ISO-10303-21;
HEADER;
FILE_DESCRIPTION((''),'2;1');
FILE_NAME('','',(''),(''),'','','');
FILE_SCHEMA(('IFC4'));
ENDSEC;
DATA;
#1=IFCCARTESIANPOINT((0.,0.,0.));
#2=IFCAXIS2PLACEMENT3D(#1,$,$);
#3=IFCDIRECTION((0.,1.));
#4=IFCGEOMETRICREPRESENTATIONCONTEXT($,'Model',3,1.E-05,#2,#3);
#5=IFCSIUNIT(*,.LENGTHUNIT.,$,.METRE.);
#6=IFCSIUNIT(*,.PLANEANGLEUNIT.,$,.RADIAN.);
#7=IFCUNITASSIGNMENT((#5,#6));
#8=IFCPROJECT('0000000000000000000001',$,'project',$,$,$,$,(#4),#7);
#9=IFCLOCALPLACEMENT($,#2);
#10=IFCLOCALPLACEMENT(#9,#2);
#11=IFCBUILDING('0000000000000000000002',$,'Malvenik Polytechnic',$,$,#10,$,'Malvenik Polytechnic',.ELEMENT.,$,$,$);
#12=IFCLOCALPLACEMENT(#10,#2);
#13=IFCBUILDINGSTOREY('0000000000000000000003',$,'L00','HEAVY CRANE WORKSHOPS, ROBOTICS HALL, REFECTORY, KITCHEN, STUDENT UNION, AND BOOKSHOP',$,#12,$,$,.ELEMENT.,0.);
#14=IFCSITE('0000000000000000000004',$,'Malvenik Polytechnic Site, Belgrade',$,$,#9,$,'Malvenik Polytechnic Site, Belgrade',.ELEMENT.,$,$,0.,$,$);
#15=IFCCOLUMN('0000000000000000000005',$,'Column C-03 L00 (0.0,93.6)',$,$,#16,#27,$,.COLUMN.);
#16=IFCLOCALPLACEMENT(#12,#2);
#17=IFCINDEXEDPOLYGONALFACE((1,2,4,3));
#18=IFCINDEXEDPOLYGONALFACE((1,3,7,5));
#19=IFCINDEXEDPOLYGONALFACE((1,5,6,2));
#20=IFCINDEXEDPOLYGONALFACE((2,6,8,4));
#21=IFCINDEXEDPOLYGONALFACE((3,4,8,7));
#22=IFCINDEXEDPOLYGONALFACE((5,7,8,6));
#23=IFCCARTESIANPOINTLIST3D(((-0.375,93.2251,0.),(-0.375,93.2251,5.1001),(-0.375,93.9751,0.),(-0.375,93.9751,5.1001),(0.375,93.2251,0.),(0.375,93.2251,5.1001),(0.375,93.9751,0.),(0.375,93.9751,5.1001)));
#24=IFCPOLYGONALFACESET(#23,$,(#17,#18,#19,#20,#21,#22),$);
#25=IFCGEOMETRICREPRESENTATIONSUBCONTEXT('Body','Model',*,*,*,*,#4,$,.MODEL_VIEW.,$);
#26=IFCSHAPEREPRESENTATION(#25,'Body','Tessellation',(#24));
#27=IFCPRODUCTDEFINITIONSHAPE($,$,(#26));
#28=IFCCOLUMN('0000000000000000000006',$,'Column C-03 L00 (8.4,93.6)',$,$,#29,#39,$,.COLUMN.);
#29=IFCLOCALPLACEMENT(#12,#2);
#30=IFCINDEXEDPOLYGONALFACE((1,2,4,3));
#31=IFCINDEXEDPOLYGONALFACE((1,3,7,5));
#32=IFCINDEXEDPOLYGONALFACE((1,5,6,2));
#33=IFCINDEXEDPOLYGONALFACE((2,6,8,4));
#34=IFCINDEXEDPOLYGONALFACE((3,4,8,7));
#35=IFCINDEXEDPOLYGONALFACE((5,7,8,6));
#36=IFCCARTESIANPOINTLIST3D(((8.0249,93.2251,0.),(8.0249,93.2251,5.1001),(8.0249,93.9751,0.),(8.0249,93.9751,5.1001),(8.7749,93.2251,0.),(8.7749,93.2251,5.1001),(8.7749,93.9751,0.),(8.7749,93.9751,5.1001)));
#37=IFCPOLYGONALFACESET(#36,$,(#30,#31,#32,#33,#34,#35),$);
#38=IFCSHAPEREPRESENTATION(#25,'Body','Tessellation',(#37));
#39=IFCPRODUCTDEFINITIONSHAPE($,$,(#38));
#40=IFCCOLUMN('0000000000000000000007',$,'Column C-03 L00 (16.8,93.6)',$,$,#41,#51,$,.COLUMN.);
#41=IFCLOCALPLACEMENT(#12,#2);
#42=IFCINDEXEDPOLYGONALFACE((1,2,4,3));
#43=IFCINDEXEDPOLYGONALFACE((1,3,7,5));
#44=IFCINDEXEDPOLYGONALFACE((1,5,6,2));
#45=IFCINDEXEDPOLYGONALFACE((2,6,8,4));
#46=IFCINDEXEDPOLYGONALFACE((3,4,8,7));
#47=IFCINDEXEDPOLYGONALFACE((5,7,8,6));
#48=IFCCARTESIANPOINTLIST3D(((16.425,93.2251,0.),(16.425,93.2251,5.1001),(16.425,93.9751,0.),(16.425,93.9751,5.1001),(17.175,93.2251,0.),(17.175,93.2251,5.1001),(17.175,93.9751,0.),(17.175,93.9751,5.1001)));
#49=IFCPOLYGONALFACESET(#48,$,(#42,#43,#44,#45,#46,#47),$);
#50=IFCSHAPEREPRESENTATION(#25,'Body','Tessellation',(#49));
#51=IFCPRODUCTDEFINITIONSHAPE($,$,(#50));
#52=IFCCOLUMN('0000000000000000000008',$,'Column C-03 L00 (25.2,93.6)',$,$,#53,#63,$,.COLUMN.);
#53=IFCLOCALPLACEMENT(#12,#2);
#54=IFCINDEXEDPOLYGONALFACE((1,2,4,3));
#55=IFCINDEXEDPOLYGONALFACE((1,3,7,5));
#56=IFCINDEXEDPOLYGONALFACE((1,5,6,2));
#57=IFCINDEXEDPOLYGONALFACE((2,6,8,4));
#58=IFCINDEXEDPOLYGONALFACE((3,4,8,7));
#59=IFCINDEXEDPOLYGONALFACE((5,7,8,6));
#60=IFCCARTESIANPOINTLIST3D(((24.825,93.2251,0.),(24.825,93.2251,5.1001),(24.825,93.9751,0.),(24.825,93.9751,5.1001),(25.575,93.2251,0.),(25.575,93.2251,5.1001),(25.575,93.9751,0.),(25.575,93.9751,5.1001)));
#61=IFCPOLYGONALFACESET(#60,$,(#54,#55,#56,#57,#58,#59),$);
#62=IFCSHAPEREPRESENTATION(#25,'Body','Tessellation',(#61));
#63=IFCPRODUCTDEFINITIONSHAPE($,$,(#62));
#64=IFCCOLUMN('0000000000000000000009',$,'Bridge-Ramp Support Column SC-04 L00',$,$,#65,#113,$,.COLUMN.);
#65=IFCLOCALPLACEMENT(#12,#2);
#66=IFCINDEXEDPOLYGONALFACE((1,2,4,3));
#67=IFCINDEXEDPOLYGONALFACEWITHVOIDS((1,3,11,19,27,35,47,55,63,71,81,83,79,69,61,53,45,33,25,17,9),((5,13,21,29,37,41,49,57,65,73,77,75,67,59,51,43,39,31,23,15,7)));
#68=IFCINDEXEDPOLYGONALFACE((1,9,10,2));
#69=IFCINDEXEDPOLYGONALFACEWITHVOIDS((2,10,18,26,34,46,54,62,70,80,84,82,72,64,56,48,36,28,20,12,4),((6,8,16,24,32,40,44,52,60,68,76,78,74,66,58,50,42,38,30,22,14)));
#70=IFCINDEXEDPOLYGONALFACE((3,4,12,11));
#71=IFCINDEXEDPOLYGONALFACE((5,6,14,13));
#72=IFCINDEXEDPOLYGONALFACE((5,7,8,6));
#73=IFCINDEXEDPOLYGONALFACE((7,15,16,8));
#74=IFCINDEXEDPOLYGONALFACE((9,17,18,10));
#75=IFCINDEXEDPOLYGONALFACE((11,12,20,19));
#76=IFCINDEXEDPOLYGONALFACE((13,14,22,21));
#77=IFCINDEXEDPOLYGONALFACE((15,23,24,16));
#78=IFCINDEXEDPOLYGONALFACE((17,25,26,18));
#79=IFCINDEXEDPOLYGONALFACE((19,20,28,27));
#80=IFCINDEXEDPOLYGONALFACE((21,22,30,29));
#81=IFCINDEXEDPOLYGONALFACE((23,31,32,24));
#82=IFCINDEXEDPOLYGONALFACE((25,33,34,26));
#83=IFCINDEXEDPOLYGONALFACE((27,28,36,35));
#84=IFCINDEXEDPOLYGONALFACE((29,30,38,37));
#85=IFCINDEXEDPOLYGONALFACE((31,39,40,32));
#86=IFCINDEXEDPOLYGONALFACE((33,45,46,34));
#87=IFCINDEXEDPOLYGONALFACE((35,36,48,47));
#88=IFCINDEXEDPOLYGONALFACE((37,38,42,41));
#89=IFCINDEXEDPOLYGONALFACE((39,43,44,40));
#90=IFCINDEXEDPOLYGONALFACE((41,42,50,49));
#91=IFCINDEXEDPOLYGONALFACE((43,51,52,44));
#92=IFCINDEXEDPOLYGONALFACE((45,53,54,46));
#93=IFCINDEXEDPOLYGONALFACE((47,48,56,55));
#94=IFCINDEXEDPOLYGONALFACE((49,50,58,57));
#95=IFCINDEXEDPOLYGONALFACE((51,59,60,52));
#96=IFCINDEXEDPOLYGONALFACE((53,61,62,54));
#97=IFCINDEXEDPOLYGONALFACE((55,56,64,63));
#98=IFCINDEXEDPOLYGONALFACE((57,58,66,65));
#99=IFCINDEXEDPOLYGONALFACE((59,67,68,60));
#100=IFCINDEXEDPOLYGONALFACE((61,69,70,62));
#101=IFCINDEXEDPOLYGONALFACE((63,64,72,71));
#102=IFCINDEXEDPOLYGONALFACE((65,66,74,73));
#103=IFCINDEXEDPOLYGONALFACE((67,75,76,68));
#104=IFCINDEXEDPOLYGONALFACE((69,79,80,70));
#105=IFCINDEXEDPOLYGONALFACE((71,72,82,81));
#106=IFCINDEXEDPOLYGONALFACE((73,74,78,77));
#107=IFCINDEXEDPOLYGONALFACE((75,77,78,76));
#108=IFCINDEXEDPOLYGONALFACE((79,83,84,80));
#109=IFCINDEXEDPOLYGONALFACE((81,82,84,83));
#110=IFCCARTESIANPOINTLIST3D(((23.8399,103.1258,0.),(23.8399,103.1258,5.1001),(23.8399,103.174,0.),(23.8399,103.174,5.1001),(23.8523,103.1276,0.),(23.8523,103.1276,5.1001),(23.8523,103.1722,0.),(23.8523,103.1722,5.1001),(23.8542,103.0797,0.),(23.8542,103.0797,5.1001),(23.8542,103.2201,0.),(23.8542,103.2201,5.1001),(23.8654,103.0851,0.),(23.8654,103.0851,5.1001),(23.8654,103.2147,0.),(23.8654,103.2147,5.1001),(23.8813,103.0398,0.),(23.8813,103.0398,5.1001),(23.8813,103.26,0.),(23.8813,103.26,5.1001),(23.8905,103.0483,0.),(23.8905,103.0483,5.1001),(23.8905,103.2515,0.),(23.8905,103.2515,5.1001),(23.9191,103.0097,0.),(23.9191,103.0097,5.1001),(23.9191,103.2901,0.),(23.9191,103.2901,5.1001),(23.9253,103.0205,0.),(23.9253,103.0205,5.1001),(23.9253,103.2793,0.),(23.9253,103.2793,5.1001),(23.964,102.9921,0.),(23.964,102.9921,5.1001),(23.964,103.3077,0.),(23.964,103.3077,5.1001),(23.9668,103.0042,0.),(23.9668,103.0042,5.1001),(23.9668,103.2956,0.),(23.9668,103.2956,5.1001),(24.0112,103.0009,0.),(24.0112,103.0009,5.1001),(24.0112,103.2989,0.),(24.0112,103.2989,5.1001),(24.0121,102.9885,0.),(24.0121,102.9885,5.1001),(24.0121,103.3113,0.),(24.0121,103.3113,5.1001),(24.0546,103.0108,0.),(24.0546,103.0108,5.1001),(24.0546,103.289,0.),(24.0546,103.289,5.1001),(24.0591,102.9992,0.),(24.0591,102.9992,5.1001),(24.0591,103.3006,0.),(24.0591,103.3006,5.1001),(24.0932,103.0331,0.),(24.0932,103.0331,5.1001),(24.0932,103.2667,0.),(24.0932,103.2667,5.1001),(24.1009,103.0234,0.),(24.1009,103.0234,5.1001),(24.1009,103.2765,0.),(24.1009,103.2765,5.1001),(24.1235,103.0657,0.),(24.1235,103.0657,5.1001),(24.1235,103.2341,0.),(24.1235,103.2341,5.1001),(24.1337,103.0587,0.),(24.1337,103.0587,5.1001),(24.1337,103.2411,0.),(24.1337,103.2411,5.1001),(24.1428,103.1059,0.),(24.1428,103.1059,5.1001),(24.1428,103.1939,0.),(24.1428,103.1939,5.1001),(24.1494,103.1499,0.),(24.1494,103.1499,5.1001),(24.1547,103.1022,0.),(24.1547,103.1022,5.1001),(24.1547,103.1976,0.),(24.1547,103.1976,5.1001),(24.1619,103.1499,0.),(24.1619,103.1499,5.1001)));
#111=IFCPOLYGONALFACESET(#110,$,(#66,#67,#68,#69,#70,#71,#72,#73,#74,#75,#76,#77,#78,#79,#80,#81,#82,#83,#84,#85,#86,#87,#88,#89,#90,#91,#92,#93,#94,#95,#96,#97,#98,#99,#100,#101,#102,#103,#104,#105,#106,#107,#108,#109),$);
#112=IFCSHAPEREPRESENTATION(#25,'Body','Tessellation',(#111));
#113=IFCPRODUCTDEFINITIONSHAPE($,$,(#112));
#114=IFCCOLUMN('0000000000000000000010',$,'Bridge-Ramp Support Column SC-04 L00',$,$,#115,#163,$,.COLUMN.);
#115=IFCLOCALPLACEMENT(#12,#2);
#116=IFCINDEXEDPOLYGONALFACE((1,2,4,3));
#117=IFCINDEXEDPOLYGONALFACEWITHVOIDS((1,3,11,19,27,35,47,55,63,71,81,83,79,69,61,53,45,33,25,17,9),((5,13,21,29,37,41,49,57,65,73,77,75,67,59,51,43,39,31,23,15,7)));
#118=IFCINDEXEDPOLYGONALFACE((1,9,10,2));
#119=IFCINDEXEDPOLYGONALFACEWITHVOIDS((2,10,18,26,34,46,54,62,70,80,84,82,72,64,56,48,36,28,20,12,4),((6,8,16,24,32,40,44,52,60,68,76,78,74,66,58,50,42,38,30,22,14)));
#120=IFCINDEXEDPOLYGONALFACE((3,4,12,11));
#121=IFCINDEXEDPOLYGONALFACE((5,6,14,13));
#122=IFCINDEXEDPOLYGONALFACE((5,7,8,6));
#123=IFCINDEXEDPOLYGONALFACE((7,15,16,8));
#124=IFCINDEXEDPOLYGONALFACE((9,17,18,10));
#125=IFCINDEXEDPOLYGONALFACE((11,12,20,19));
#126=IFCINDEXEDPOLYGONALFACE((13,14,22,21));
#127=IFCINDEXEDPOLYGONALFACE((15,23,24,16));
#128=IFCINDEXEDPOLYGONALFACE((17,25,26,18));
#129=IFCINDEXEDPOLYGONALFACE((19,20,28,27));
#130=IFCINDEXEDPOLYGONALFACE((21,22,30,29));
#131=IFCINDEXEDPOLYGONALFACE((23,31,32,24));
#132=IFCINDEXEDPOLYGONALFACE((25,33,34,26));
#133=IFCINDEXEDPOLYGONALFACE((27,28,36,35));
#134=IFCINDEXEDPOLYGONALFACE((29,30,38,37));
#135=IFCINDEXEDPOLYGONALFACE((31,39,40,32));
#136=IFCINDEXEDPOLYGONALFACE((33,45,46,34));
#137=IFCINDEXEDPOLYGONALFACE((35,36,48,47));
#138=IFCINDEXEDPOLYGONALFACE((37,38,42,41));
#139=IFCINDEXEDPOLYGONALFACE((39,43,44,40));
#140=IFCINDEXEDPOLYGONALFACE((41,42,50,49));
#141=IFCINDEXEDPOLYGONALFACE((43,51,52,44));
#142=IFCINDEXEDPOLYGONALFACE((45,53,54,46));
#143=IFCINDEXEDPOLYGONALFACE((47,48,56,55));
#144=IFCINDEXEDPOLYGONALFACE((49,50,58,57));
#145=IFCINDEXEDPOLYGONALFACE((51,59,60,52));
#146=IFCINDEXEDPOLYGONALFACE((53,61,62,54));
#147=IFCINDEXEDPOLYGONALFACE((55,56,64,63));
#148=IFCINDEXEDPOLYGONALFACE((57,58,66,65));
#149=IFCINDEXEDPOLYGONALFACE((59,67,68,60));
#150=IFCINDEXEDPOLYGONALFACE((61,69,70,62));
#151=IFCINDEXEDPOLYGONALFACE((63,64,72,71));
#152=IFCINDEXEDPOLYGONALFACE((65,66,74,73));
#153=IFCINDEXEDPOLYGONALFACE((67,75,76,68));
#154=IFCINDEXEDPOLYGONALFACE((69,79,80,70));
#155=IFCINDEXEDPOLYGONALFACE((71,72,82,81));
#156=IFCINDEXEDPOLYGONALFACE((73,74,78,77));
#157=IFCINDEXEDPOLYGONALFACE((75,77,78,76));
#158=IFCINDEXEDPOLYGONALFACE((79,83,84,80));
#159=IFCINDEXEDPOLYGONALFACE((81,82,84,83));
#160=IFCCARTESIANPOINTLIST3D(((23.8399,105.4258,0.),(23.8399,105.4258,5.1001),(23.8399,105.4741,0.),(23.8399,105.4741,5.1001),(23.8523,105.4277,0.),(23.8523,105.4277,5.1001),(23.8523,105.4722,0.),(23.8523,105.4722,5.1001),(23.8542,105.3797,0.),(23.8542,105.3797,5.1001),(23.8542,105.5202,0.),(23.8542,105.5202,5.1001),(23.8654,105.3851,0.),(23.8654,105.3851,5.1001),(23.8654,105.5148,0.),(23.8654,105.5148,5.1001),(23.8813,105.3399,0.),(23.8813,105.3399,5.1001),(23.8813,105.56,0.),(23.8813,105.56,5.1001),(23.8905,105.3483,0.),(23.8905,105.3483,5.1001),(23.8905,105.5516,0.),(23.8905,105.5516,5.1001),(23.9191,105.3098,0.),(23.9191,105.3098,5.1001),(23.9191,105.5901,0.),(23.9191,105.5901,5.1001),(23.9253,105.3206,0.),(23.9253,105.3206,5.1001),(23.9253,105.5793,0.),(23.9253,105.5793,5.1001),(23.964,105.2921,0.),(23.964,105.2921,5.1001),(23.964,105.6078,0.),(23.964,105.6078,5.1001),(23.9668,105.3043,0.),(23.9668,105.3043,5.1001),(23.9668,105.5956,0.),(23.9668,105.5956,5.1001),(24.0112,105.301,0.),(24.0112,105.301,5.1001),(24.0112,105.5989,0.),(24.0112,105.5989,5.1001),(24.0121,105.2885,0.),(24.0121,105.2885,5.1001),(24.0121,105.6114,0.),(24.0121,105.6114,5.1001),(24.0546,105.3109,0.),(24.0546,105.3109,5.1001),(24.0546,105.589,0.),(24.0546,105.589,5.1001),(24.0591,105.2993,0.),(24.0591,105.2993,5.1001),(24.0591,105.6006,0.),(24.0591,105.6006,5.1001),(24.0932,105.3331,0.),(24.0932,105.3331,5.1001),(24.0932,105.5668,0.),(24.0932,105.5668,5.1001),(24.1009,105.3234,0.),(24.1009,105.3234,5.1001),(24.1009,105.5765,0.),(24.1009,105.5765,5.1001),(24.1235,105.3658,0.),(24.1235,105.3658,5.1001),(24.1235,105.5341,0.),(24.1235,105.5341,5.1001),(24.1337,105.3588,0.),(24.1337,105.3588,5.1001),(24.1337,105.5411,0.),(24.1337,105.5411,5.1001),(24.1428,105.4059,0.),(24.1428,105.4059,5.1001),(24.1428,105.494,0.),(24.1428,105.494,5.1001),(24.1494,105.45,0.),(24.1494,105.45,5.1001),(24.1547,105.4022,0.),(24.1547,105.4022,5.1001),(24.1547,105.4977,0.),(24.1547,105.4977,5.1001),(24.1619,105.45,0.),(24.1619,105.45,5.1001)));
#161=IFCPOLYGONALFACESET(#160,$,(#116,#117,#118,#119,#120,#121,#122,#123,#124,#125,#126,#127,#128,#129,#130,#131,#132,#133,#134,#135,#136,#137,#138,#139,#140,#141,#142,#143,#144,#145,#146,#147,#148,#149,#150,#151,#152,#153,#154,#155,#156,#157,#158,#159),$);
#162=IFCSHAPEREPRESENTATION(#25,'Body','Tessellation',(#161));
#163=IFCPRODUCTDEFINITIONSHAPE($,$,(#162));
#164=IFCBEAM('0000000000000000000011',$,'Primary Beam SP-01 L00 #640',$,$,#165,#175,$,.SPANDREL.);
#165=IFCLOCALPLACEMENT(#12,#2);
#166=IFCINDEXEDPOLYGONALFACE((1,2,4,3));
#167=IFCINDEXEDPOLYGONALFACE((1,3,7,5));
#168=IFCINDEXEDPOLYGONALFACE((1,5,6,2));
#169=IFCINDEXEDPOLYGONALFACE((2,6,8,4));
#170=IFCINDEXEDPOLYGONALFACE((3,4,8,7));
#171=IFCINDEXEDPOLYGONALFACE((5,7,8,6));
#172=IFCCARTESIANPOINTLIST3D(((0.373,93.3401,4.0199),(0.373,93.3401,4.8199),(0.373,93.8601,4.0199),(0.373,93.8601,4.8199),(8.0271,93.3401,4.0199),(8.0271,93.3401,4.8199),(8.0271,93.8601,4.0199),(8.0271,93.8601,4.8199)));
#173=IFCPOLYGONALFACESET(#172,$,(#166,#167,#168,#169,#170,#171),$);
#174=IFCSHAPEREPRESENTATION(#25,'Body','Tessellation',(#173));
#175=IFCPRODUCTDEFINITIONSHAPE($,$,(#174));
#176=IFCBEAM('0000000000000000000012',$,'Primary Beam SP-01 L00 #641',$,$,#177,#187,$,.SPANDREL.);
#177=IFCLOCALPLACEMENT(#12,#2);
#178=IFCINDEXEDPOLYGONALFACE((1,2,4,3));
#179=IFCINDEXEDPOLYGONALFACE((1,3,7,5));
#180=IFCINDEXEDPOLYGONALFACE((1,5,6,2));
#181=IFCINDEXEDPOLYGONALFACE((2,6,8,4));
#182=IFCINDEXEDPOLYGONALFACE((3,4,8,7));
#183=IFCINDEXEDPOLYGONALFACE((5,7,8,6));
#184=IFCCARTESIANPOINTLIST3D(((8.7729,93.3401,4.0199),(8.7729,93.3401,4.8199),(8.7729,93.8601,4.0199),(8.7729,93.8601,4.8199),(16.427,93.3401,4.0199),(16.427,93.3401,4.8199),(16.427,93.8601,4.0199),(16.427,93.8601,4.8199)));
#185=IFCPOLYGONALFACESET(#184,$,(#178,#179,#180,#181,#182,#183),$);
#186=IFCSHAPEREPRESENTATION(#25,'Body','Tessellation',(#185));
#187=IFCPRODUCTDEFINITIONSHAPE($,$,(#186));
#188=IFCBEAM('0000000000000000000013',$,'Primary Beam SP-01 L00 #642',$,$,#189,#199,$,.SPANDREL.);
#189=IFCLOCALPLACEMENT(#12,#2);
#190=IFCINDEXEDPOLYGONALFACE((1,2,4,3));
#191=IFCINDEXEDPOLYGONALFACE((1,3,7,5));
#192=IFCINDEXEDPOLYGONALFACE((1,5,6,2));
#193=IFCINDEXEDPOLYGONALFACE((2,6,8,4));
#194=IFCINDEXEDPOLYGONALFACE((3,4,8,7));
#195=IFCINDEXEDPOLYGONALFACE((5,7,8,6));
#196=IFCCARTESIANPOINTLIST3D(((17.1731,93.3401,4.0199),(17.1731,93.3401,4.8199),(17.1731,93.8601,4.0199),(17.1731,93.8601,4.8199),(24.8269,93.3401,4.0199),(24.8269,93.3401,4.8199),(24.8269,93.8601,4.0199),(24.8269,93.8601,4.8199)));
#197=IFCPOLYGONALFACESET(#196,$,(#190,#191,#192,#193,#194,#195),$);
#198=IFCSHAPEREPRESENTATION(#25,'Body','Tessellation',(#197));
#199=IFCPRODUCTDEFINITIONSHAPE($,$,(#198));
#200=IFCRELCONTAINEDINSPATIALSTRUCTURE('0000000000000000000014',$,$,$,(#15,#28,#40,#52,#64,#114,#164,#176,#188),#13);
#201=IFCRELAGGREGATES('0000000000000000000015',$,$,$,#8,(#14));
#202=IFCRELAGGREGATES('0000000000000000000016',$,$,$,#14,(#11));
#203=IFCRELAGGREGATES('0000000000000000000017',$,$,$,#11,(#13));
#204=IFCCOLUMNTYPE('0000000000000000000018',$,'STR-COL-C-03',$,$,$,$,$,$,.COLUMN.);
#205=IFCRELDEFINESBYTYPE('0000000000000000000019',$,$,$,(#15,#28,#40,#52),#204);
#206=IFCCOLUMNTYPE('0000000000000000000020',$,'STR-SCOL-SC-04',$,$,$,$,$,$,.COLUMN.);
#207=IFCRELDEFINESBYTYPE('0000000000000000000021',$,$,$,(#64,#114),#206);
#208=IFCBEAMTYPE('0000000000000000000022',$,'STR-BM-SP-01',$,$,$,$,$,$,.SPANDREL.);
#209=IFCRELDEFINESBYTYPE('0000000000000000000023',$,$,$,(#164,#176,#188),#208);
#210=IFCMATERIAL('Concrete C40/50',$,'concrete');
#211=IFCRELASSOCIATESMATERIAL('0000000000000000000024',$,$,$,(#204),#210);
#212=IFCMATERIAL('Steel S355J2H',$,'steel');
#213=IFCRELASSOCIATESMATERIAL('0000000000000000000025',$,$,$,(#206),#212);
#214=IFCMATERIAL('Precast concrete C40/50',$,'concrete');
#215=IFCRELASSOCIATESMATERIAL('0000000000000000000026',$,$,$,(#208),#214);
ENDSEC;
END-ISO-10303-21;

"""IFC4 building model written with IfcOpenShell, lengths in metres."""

from ifc_helpers import new_model, si_unit, direction, frame, origin, origin_2d, place, context, subcontext, project, spatial, rectangle, hollow_circle, extrude, material, material_profile, profile_set, type_object, element, save


model = new_model("IFC4")

# Units and contexts
model_context = context("Model", 3, precision=1e-05, world=origin(), true_north=direction((0.0, 1.0)))
body_context = subcontext(model_context, "Body", "Model", "MODEL_VIEW")
ifc_project = project(units=[si_unit("LENGTHUNIT", "METRE"), si_unit("PLANEANGLEUNIT", "RADIAN")], contexts=[model_context])

# Site, building, storey
site_placement = place(None, origin())
site = spatial("IfcSite", under=ifc_project, at=site_placement, Name="Malvenik Polytechnic Site, Belgrade", LongName="Malvenik Polytechnic Site, Belgrade", CompositionType="ELEMENT", RefElevation=0.0)
building_placement = place(site_placement, origin())
building = spatial("IfcBuilding", under=site, at=building_placement, Name="Malvenik Polytechnic", LongName="Malvenik Polytechnic", CompositionType="ELEMENT")
storey_placement = place(building_placement, origin())
storey = spatial("IfcBuildingStorey", under=building, at=storey_placement, Name="L00", Description="HEAVY CRANE WORKSHOPS, ROBOTICS HALL, REFECTORY, KITCHEN, STUDENT UNION, AND BOOKSHOP", CompositionType="ELEMENT", Elevation=0.0)

# Columns
ifc_material_1 = material(Name="Concrete C40/50", Category="concrete")
ifc_material_profile_1 = material_profile(ifc_material_1, rectangle(XDim=0.75, YDim=0.75, at=origin_2d()), Name="RC COL 750x750")
ifc_profile_set_1 = profile_set([ifc_material_profile_1], Name="Concrete C40/50")
column_type_1 = type_object("IfcColumnType", Name="STR-COL-C-03", PredefinedType="COLUMN", material=ifc_profile_set_1)
for number, where, z_axis, x_axis, name in (
    (1, (0.0, 93.6001, 0.0), (0.0, 0.0, 1.0), (1.0, 0.0, 0.0), "Column C-03 L00 (0.0,93.6)"),
    (2, (8.3999, 93.6001, 0.0), (0.0, 0.0, 1.0), (1.0, 0.0, 0.0), "Column C-03 L00 (8.4,93.6)"),
    (3, (16.8, 93.6001, 0.0), (0.0, 0.0, 1.0), (1.0, 0.0, 0.0), "Column C-03 L00 (16.8,93.6)"),
    (4, (25.2, 93.6001, 0.0), (0.0, 0.0, 1.0), (1.0, 0.0, 0.0), "Column C-03 L00 (25.2,93.6)"),
):
    element("IfcColumn", number, at=place(storey_placement, frame(where, z_axis=z_axis, x_axis=x_axis)), inside=storey, type_object=column_type_1, Name=name, PredefinedType="COLUMN", context=body_context, shape_type="SweptSolid", body=[
        extrude(rectangle(XDim=0.75, YDim=0.75, at=origin_2d()), origin(), (0.0, 0.0, 1.0), 5.1001),
    ])
ifc_material_2 = material(Name="Steel S355J2H", Category="steel")
ifc_material_profile_2 = material_profile(ifc_material_2, hollow_circle(Radius=0.1619, WallThickness=0.0125, at=origin_2d()), Name="CHS 323.9x12.5")
ifc_profile_set_2 = profile_set([ifc_material_profile_2], Name="Steel S355J2H")
column_type_2 = type_object("IfcColumnType", Name="STR-SCOL-SC-04", PredefinedType="COLUMN", material=ifc_profile_set_2)
for number, where, z_axis, x_axis, name in (
    (5, (24.0, 103.1499, 0.0), (0.0, 0.0, 1.0), (1.0, 0.0, 0.0), "Bridge-Ramp Support Column SC-04 L00"),
    (6, (24.0, 105.45, 0.0), (0.0, 0.0, 1.0), (1.0, 0.0, 0.0), "Bridge-Ramp Support Column SC-04 L00"),
):
    element("IfcColumn", number, at=place(storey_placement, frame(where, z_axis=z_axis, x_axis=x_axis)), inside=storey, type_object=column_type_2, Name=name, PredefinedType="COLUMN", context=body_context, shape_type="SweptSolid", body=[
        extrude(hollow_circle(Radius=0.1619, WallThickness=0.0125, at=origin_2d()), origin(), (0.0, 0.0, 1.0), 5.1001),
    ])

# Beams
ifc_material_3 = material(Name="Precast concrete C40/50", Category="concrete")
ifc_material_profile_3 = material_profile(ifc_material_3, rectangle(XDim=0.52, YDim=0.8, at=origin_2d()), Name="PC SPN 520x800")
ifc_profile_set_3 = profile_set([ifc_material_profile_3], Name="Precast concrete C40/50")
beam_type = type_object("IfcBeamType", Name="STR-BM-SP-01", PredefinedType="SPANDREL", material=ifc_profile_set_3)
for number, where, z_axis, x_axis, name in (
    (7, (0.373, 93.6001, 4.4199), (1.0, 0.0, 0.0), (0.0, 1.0, 0.0), "Primary Beam SP-01 L00 #640"),
    (8, (8.7729, 93.6001, 4.4199), (1.0, 0.0, 0.0), (0.0, 1.0, 0.0), "Primary Beam SP-01 L00 #641"),
):
    element("IfcBeam", number, at=place(storey_placement, frame(where, z_axis=z_axis, x_axis=x_axis)), inside=storey, type_object=beam_type, Name=name, PredefinedType="SPANDREL", context=body_context, shape_type="SweptSolid", body=[
        extrude(rectangle(XDim=0.52, YDim=0.8, at=origin_2d()), origin(), (0.0, 0.0, 1.0), 7.6541),
    ])
beam_placement = place(storey_placement, frame((17.1731, 93.6001, 4.4199), z_axis=(1.0, 0.0, 0.0), x_axis=(0.0, 1.0, 0.0)))
element("IfcBeam", 9, at=beam_placement, inside=storey, type_object=beam_type, Name="Primary Beam SP-01 L00 #642", PredefinedType="SPANDREL", context=body_context, shape_type="SweptSolid", body=[
    extrude(rectangle(XDim=0.52, YDim=0.8, at=origin_2d()), origin(), (0.0, 0.0, 1.0), 7.6538),
])

save(model, "model.ifc")
